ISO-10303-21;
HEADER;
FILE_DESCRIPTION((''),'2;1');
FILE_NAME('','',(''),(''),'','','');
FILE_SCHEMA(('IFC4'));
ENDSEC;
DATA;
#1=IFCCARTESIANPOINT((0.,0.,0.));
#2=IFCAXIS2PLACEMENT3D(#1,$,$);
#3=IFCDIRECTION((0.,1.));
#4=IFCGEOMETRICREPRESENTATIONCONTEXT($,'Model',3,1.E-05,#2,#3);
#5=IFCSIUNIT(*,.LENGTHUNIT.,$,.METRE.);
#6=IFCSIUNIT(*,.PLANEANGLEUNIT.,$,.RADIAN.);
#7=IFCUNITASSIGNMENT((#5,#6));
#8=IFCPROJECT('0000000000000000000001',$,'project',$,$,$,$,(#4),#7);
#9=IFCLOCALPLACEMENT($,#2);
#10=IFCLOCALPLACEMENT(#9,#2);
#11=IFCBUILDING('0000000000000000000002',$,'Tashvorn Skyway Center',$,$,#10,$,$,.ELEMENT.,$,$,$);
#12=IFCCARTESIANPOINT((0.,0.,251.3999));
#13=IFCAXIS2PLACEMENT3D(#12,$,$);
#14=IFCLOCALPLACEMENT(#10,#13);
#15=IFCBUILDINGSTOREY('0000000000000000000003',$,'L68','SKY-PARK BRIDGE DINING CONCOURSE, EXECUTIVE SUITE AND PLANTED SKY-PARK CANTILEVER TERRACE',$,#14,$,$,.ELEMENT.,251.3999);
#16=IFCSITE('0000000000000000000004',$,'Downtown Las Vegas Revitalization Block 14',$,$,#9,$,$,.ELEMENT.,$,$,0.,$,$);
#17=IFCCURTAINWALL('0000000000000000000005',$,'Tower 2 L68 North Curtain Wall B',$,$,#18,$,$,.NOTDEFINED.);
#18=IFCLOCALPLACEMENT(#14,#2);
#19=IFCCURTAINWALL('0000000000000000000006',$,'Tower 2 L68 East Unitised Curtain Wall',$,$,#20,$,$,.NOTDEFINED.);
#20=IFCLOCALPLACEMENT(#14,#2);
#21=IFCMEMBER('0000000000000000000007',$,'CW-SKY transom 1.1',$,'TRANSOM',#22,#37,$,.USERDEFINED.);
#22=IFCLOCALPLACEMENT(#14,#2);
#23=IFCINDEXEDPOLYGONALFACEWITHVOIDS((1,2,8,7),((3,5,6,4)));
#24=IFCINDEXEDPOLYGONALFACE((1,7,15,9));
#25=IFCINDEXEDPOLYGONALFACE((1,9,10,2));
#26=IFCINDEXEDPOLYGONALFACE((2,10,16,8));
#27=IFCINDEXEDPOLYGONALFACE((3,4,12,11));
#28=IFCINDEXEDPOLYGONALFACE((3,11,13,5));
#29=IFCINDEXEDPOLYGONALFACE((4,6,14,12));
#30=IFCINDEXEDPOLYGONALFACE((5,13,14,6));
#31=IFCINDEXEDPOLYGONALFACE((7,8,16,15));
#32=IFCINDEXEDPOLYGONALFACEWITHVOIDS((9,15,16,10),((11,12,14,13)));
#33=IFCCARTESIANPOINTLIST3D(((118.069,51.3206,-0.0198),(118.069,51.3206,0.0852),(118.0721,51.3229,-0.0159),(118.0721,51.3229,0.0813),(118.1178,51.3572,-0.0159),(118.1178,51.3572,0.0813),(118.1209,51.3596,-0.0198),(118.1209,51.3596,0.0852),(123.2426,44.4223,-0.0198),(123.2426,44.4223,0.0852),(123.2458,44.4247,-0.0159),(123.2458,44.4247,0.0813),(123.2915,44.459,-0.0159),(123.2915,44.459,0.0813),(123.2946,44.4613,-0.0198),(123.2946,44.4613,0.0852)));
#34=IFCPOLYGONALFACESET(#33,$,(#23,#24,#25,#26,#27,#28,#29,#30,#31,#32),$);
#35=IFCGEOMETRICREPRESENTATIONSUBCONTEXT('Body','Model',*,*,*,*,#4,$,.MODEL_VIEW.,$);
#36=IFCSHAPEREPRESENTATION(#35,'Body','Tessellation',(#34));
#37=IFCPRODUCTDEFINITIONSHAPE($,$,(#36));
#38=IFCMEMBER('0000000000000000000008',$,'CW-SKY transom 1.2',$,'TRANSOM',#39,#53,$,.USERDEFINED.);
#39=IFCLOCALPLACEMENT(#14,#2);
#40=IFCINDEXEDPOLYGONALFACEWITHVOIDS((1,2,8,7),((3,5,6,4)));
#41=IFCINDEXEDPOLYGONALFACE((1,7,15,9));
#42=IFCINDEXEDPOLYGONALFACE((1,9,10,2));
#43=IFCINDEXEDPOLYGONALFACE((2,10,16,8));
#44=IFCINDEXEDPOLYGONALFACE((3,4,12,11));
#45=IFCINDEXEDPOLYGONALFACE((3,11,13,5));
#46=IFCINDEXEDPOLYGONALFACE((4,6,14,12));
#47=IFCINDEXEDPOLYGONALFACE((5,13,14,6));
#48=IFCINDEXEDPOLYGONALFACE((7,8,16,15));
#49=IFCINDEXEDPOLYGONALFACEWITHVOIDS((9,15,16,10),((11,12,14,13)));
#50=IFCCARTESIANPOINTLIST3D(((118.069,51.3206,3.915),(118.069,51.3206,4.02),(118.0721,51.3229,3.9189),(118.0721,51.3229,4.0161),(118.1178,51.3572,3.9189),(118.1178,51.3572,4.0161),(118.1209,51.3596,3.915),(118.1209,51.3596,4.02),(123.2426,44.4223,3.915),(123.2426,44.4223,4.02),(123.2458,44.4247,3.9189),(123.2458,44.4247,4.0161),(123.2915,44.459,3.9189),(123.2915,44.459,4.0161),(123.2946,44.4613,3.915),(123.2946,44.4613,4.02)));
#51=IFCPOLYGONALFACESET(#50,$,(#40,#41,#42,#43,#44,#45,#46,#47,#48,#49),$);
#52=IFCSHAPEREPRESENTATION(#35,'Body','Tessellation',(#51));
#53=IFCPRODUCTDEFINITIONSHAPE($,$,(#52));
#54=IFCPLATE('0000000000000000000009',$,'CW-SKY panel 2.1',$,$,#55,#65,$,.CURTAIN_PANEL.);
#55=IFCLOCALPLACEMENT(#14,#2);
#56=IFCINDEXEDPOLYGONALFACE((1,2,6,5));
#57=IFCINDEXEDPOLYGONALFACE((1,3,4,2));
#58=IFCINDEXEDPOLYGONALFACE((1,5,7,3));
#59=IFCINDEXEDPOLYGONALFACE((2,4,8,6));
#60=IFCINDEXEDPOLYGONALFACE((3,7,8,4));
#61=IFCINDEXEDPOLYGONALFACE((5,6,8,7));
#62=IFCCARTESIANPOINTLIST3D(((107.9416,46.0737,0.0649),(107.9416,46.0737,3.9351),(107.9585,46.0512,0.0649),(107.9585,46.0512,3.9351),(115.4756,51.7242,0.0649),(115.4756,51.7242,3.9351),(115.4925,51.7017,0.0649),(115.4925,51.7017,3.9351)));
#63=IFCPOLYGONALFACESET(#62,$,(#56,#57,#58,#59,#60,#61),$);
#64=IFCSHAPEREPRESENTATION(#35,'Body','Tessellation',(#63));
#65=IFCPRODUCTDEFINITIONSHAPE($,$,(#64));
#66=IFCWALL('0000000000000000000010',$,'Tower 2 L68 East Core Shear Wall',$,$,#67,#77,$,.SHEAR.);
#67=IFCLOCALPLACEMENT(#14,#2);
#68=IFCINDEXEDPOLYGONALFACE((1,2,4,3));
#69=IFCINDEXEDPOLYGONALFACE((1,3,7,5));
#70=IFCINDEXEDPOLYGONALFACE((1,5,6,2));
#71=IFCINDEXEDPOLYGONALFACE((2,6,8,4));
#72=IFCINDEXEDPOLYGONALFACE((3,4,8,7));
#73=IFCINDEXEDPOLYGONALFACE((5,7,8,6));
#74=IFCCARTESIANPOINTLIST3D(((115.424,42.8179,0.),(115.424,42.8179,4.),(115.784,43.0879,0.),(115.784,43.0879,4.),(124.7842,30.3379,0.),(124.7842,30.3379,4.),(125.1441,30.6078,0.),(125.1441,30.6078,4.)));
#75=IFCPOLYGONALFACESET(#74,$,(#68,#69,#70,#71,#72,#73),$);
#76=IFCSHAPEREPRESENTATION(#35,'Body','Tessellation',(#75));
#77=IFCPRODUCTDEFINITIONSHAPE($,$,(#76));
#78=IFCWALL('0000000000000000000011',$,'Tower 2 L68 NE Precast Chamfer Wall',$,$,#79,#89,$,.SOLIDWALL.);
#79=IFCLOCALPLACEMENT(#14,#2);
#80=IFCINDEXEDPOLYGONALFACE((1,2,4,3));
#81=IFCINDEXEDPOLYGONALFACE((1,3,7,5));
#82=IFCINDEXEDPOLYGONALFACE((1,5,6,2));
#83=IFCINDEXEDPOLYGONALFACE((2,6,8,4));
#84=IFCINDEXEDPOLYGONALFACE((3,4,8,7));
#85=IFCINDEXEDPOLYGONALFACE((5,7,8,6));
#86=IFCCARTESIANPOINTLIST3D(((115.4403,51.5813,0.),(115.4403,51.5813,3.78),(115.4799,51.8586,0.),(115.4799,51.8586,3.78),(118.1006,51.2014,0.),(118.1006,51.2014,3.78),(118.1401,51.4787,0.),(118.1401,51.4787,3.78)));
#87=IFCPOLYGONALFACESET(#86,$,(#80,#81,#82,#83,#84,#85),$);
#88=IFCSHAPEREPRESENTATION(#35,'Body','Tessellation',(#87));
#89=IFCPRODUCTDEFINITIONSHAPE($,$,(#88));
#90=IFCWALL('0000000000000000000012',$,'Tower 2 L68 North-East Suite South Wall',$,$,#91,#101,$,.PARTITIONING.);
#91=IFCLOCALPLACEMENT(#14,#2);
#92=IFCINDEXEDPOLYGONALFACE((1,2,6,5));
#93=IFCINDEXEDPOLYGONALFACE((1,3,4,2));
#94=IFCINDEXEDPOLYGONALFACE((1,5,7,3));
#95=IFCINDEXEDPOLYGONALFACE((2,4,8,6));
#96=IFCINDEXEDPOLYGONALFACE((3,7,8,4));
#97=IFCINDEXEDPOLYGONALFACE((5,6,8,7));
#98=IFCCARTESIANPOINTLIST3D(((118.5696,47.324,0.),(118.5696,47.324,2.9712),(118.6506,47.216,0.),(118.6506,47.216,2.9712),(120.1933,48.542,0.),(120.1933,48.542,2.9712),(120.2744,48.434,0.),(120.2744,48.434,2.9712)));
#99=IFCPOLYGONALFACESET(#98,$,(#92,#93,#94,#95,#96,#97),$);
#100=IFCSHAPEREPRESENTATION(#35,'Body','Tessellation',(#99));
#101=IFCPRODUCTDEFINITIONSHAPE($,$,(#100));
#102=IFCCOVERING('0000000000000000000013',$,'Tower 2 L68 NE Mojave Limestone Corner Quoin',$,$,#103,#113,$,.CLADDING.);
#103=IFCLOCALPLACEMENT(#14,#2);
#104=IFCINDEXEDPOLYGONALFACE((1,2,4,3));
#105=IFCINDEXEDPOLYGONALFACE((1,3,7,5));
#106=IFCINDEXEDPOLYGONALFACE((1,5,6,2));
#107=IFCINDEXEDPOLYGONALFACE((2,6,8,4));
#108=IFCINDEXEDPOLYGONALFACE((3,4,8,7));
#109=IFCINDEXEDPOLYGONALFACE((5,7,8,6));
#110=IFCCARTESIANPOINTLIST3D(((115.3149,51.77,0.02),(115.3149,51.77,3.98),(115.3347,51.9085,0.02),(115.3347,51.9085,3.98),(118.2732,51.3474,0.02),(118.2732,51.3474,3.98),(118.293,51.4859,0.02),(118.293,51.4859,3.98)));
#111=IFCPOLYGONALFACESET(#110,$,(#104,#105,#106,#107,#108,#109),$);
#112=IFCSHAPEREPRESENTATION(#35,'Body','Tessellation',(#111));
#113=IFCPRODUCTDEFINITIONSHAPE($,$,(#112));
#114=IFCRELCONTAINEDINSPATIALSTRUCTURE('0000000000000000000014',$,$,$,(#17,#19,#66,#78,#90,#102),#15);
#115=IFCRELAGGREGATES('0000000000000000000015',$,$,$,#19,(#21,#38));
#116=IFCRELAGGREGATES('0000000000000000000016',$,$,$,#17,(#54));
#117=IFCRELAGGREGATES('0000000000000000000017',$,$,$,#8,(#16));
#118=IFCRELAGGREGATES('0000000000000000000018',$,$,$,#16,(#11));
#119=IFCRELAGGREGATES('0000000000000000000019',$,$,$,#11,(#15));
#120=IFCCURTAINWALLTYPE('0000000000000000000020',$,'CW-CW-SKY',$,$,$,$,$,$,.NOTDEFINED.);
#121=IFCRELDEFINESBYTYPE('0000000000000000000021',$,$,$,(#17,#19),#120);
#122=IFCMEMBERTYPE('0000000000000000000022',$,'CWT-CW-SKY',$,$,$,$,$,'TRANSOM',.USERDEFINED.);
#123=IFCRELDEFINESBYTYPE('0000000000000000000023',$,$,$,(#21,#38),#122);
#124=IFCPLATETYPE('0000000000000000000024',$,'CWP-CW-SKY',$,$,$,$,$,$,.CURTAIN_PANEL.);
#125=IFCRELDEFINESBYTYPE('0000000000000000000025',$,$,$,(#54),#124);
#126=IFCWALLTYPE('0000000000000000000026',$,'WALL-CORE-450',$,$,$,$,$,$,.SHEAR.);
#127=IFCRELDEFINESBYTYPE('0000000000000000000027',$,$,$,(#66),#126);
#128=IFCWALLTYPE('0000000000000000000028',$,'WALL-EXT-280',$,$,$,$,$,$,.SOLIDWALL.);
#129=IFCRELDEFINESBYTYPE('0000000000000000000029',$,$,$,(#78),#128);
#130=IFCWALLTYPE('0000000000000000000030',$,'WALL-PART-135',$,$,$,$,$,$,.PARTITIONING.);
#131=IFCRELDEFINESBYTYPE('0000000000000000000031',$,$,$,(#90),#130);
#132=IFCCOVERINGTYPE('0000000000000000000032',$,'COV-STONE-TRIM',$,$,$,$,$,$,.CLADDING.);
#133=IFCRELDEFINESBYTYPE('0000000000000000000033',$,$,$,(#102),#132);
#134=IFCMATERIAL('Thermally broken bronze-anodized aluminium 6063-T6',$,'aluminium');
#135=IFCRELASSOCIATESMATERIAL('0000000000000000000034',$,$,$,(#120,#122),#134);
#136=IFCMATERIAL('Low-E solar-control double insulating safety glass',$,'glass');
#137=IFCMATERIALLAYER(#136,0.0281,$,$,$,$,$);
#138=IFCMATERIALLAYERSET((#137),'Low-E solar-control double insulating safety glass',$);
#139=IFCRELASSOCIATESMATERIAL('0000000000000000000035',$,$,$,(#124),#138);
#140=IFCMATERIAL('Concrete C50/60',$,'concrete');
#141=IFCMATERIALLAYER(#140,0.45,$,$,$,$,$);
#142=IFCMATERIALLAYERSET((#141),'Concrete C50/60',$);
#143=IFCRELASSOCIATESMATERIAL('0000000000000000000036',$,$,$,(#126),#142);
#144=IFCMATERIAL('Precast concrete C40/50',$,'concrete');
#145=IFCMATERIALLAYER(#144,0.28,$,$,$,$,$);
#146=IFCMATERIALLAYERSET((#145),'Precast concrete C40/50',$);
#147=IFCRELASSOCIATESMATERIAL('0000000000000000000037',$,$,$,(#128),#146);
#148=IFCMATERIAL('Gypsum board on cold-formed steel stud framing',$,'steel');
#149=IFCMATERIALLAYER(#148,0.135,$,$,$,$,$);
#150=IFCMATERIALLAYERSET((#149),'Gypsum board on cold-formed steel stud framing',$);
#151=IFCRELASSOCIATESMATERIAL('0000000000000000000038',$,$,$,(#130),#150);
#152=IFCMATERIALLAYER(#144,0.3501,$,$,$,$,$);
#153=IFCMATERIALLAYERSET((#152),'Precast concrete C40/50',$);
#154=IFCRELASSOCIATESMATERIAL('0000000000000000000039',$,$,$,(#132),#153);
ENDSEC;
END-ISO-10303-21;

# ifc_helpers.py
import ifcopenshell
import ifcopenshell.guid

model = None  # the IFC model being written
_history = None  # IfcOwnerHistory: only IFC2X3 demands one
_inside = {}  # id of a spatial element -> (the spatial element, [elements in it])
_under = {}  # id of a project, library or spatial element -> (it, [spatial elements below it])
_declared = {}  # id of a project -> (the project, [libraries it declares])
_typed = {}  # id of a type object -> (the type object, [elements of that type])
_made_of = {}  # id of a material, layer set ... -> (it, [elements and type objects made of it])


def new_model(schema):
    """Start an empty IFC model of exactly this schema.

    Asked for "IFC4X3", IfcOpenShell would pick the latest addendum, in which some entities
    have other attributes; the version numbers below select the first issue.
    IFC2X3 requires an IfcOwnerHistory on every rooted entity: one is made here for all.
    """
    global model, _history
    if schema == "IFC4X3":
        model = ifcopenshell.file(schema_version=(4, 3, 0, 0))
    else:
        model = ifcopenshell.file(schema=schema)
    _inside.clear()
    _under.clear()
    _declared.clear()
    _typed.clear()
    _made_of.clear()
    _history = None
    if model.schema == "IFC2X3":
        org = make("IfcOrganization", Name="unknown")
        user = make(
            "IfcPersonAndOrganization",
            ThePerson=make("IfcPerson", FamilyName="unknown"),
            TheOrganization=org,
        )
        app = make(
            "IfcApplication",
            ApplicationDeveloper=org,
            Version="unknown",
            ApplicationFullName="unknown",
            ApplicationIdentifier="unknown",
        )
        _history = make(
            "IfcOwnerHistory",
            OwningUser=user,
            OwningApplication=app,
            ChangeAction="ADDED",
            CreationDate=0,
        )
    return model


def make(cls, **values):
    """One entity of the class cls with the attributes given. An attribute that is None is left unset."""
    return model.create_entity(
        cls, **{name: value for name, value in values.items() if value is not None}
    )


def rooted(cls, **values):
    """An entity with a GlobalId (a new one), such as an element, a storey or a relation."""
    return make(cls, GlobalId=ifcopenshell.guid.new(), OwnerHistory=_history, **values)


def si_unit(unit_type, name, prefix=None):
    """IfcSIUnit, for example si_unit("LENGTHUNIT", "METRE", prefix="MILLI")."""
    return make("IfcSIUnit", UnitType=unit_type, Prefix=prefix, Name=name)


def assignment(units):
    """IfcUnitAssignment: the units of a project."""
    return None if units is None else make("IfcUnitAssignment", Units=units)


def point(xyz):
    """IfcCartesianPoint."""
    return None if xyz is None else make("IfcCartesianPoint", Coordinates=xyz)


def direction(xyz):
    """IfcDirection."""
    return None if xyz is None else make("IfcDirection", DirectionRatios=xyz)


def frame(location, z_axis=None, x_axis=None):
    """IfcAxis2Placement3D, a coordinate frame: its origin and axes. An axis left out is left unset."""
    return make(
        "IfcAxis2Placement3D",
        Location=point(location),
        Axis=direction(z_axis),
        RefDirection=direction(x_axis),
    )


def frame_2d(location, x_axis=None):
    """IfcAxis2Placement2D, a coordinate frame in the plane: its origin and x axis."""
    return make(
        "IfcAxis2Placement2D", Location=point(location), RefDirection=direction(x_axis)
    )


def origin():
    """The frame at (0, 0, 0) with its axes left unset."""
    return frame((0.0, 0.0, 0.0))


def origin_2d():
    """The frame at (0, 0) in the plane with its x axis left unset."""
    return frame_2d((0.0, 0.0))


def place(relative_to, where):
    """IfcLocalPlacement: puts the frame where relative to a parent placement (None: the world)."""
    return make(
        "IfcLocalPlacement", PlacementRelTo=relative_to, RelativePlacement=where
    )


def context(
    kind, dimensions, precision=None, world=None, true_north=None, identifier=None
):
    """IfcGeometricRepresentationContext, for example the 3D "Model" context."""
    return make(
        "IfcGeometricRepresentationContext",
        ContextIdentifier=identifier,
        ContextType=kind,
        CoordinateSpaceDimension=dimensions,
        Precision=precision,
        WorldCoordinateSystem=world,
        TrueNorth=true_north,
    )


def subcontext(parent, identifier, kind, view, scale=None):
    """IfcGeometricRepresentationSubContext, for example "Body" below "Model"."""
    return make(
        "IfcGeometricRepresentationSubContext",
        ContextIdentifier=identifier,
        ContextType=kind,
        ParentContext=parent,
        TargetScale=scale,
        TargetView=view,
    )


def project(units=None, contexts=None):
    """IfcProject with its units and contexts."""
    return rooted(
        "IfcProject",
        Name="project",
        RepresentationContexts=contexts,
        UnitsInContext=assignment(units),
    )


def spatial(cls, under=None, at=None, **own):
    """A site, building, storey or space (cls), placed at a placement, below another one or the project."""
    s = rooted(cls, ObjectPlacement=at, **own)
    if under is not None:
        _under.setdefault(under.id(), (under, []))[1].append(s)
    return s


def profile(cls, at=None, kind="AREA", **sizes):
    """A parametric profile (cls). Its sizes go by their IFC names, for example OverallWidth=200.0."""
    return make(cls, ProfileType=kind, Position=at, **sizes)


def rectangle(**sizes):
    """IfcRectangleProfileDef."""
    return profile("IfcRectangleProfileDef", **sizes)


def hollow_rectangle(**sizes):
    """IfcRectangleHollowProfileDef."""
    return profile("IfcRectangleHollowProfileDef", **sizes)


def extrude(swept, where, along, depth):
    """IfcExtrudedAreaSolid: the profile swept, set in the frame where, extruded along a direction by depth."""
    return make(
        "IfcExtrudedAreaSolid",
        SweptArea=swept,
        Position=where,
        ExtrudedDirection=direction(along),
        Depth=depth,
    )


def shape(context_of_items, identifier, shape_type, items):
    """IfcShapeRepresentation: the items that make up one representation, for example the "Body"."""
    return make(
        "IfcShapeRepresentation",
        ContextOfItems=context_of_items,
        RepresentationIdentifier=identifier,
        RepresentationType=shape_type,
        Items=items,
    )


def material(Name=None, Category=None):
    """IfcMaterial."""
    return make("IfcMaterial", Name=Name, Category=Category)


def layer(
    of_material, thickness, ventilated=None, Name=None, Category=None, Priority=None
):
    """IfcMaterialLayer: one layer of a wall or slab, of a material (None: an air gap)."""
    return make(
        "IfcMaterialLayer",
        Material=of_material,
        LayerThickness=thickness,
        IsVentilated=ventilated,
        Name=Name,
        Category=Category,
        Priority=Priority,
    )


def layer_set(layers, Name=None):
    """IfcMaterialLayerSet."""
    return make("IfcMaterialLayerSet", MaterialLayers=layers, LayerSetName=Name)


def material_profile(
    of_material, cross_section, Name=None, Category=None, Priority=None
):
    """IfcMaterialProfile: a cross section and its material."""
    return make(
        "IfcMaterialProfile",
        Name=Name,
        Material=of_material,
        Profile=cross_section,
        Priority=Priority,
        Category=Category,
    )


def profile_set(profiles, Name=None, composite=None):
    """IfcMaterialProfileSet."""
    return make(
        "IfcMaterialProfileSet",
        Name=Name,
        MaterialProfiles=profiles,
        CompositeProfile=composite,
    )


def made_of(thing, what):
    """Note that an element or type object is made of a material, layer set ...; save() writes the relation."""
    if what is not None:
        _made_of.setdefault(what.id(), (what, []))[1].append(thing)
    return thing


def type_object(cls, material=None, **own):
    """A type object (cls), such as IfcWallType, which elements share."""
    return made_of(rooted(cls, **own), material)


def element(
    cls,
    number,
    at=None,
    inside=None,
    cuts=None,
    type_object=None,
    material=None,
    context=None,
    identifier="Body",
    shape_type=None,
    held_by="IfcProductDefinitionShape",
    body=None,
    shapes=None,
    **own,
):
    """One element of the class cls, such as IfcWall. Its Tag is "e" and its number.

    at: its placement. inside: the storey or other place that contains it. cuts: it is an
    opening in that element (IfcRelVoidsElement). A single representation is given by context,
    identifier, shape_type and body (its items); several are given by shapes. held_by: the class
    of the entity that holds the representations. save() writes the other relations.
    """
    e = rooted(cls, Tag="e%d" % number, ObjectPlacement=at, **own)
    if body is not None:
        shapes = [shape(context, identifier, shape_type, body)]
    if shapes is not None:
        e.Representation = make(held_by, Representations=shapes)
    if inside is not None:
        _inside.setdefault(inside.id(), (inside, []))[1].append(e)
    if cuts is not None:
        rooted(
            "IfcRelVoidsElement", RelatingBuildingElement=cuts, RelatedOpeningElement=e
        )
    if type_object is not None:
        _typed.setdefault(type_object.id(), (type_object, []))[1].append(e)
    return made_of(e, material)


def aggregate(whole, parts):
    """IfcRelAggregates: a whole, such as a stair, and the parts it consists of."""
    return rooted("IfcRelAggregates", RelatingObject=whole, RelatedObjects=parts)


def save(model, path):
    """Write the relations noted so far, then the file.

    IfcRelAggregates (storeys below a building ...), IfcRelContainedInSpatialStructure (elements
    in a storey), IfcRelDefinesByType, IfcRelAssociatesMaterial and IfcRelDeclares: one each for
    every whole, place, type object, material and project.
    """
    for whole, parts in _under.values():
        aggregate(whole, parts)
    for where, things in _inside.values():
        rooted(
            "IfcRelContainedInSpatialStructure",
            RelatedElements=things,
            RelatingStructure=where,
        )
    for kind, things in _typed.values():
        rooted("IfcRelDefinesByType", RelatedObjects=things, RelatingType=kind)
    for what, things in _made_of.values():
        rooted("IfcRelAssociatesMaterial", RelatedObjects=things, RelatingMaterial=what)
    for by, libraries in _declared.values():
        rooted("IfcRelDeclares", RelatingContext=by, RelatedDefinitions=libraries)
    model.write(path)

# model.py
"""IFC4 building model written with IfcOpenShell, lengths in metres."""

from ifc_helpers import new_model, si_unit, direction, frame, frame_2d, origin, origin_2d, place, context, subcontext, project, spatial, rectangle, hollow_rectangle, extrude, material, layer, layer_set, material_profile, profile_set, type_object, element, aggregate, save


model = new_model("IFC4")

# Units and contexts
model_context = context("Model", 3, precision=1e-05, world=origin(), true_north=direction((0.0, 1.0)))
body_context = subcontext(model_context, "Body", "Model", "MODEL_VIEW")
ifc_project = project(units=[si_unit("LENGTHUNIT", "METRE"), si_unit("PLANEANGLEUNIT", "RADIAN")], contexts=[model_context])

# Site, building, storey
site_placement = place(None, origin())
site = spatial("IfcSite", under=ifc_project, at=site_placement, Name="Downtown Las Vegas Revitalization Block 14", CompositionType="ELEMENT", RefElevation=0.0)
building_placement = place(site_placement, origin())
building = spatial("IfcBuilding", under=site, at=building_placement, Name="Tashvorn Skyway Center", CompositionType="ELEMENT")
storey_placement = place(building_placement, frame((0.0, 0.0, 251.3999)))
storey = spatial("IfcBuildingStorey", under=building, at=storey_placement, Name="L68", Description="SKY-PARK BRIDGE DINING CONCOURSE, EXECUTIVE SUITE AND PLANTED SKY-PARK CANTILEVER TERRACE", CompositionType="ELEMENT", Elevation=251.3999)

# Curtain wall
ifc_material_1 = material(Name="Thermally broken bronze-anodized aluminium 6063-T6", Category="aluminium")
curtain_wall_type = type_object("IfcCurtainWallType", Name="CW-CW-SKY", PredefinedType="NOTDEFINED", material=ifc_material_1)
curtain_wall_1_placement = place(storey_placement, origin())
curtain_wall_1 = element("IfcCurtainWall", 1, at=curtain_wall_1_placement, inside=storey, type_object=curtain_wall_type, Name="Tower 2 L68 North Curtain Wall B", PredefinedType="NOTDEFINED")

# Curtain wall, members
curtain_wall_2_placement = place(storey_placement, origin())
curtain_wall_2 = element("IfcCurtainWall", 2, at=curtain_wall_2_placement, inside=storey, type_object=curtain_wall_type, Name="Tower 2 L68 East Unitised Curtain Wall", PredefinedType="NOTDEFINED")
ifc_material_profile_1 = material_profile(ifc_material_1, hollow_rectangle(XDim=0.0649, YDim=0.105, WallThickness=0.0039, at=origin_2d()), Name="ALU-TRAN-65x105")
ifc_profile_set_1 = profile_set([ifc_material_profile_1], Name="Thermally broken bronze-anodized aluminium 6063-T6")
member_type_1 = type_object("IfcMemberType", Name="CWT-CW-SKY", ElementType="TRANSOM", PredefinedType="USERDEFINED", material=ifc_profile_set_1)
member_1_placement = place(storey_placement, frame((118.095, 51.3401, 0.0327), z_axis=(0.599995, -0.800003, 0.0), x_axis=(0.800003, 0.599995, 0.0)))
member_1 = element("IfcMember", 3, at=member_1_placement, type_object=member_type_1, Name="CW-SKY transom 1.1", ObjectType="TRANSOM", PredefinedType="USERDEFINED", context=body_context, shape_type="SweptSolid", body=[
    extrude(hollow_rectangle(XDim=0.0649, YDim=0.105, WallThickness=0.0039, at=origin_2d()), origin(), (0.0, 0.0, 1.0), 8.6228),
])
member_2_placement = place(storey_placement, frame((118.095, 51.3401, 3.9675), z_axis=(0.599995, -0.800003, 0.0), x_axis=(0.800003, 0.599995, 0.0)))
member_2 = element("IfcMember", 4, at=member_2_placement, type_object=member_type_1, Name="CW-SKY transom 1.2", ObjectType="TRANSOM", PredefinedType="USERDEFINED", context=body_context, shape_type="SweptSolid", body=[
    extrude(hollow_rectangle(XDim=0.0649, YDim=0.105, WallThickness=0.0039, at=origin_2d()), origin(), (0.0, 0.0, 1.0), 8.6228),
])
aggregate(curtain_wall_2, [member_1, member_2])

# Plate
ifc_material_2 = material(Name="Low-E solar-control double insulating safety glass", Category="glass")
ifc_layer_1 = layer(ifc_material_2, 0.0281)
ifc_layer_set_1 = layer_set([ifc_layer_1], Name="Low-E solar-control double insulating safety glass")
plate_type = type_object("IfcPlateType", Name="CWP-CW-SKY", PredefinedType="CURTAIN_PANEL", material=ifc_layer_set_1)
plate_placement = place(storey_placement, frame((111.717, 48.8877, 0.0649), z_axis=(0.0, 0.0, 1.0), x_axis=(0.8, 0.6, 0.0)))
plate = element("IfcPlate", 5, at=plate_placement, type_object=plate_type, Name="CW-SKY panel 2.1", PredefinedType="CURTAIN_PANEL", context=body_context, shape_type="SweptSolid", body=[
    extrude(rectangle(XDim=9.4175, YDim=0.0281, at=origin_2d()), origin(), (0.0, 0.0, 1.0), 3.8701),
])
aggregate(curtain_wall_1, [plate])

# Walls
ifc_material_3 = material(Name="Concrete C50/60", Category="concrete")
ifc_layer_2 = layer(ifc_material_3, 0.45)
ifc_layer_set_2 = layer_set([ifc_layer_2], Name="Concrete C50/60")
wall_type_1 = type_object("IfcWallType", Name="WALL-CORE-450", PredefinedType="SHEAR", material=ifc_layer_set_2)
wall_1_placement = place(storey_placement, frame((115.604, 42.9529, 0.0), z_axis=(0.0, 0.0, 1.0), x_axis=(0.600005, -0.799996, 0.0)))
element("IfcWall", 6, at=wall_1_placement, inside=storey, type_object=wall_type_1, Name="Tower 2 L68 East Core Shear Wall", PredefinedType="SHEAR", context=body_context, shape_type="SweptSolid", body=[
    extrude(rectangle(XDim=15.6001, YDim=0.45, at=frame_2d((7.8, 0.0))), origin(), (0.0, 0.0, 1.0), 4.0),
])
ifc_material_4 = material(Name="Precast concrete C40/50", Category="concrete")
ifc_layer_3 = layer(ifc_material_4, 0.28)
ifc_layer_set_3 = layer_set([ifc_layer_3], Name="Precast concrete C40/50")
wall_type_2 = type_object("IfcWallType", Name="WALL-EXT-280", PredefinedType="SOLIDWALL", material=ifc_layer_set_3)
wall_2_placement = place(storey_placement, frame((115.46, 51.72, 0.0), z_axis=(0.0, 0.0, 1.0), x_axis=(0.989957, -0.14137, 0.0)))
element("IfcWall", 7, at=wall_2_placement, inside=storey, type_object=wall_type_2, Name="Tower 2 L68 NE Precast Chamfer Wall", PredefinedType="SOLIDWALL", context=body_context, shape_type="SweptSolid", body=[
    extrude(rectangle(XDim=2.6873, YDim=0.28, at=frame_2d((1.3438, 0.0))), origin(), (0.0, 0.0, 1.0), 3.78),
])
ifc_material_5 = material(Name="Gypsum board on cold-formed steel stud framing", Category="steel")
ifc_layer_4 = layer(ifc_material_5, 0.135)
ifc_layer_set_4 = layer_set([ifc_layer_4], Name="Gypsum board on cold-formed steel stud framing")
wall_type_3 = type_object("IfcWallType", Name="WALL-PART-135", PredefinedType="PARTITIONING", material=ifc_layer_set_4)
wall_3_placement = place(storey_placement, frame((118.6101, 47.27, 0.0), z_axis=(0.0, 0.0, 1.0), x_axis=(0.799957, 0.600058, 0.0)))
element("IfcWall", 8, at=wall_3_placement, inside=storey, type_object=wall_type_3, Name="Tower 2 L68 North-East Suite South Wall", PredefinedType="PARTITIONING", context=body_context, shape_type="SweptSolid", body=[
    extrude(rectangle(XDim=2.0298, YDim=0.135, at=frame_2d((1.0149, 0.0))), origin(), (0.0, 0.0, 1.0), 2.9712),
])

# Covering
ifc_layer_5 = layer(ifc_material_4, 0.3501)
ifc_layer_set_5 = layer_set([ifc_layer_5], Name="Precast concrete C40/50")
covering_type = type_object("IfcCoveringType", Name="COV-STONE-TRIM", PredefinedType="CLADDING", material=ifc_layer_set_5)
covering_placement = place(storey_placement, frame((116.804, 51.6279, 0.02), z_axis=(0.0, 0.0, 1.0), x_axis=(0.989949, -0.141421, 0.0)))
element("IfcCovering", 9, at=covering_placement, inside=storey, type_object=covering_type, Name="Tower 2 L68 NE Mojave Limestone Corner Quoin", PredefinedType="CLADDING", context=body_context, shape_type="SweptSolid", body=[
    extrude(rectangle(XDim=2.9883, YDim=0.1399, at=origin_2d()), origin(), (0.0, 0.0, 1.0), 3.96),
])

save(model, "model.ifc")
